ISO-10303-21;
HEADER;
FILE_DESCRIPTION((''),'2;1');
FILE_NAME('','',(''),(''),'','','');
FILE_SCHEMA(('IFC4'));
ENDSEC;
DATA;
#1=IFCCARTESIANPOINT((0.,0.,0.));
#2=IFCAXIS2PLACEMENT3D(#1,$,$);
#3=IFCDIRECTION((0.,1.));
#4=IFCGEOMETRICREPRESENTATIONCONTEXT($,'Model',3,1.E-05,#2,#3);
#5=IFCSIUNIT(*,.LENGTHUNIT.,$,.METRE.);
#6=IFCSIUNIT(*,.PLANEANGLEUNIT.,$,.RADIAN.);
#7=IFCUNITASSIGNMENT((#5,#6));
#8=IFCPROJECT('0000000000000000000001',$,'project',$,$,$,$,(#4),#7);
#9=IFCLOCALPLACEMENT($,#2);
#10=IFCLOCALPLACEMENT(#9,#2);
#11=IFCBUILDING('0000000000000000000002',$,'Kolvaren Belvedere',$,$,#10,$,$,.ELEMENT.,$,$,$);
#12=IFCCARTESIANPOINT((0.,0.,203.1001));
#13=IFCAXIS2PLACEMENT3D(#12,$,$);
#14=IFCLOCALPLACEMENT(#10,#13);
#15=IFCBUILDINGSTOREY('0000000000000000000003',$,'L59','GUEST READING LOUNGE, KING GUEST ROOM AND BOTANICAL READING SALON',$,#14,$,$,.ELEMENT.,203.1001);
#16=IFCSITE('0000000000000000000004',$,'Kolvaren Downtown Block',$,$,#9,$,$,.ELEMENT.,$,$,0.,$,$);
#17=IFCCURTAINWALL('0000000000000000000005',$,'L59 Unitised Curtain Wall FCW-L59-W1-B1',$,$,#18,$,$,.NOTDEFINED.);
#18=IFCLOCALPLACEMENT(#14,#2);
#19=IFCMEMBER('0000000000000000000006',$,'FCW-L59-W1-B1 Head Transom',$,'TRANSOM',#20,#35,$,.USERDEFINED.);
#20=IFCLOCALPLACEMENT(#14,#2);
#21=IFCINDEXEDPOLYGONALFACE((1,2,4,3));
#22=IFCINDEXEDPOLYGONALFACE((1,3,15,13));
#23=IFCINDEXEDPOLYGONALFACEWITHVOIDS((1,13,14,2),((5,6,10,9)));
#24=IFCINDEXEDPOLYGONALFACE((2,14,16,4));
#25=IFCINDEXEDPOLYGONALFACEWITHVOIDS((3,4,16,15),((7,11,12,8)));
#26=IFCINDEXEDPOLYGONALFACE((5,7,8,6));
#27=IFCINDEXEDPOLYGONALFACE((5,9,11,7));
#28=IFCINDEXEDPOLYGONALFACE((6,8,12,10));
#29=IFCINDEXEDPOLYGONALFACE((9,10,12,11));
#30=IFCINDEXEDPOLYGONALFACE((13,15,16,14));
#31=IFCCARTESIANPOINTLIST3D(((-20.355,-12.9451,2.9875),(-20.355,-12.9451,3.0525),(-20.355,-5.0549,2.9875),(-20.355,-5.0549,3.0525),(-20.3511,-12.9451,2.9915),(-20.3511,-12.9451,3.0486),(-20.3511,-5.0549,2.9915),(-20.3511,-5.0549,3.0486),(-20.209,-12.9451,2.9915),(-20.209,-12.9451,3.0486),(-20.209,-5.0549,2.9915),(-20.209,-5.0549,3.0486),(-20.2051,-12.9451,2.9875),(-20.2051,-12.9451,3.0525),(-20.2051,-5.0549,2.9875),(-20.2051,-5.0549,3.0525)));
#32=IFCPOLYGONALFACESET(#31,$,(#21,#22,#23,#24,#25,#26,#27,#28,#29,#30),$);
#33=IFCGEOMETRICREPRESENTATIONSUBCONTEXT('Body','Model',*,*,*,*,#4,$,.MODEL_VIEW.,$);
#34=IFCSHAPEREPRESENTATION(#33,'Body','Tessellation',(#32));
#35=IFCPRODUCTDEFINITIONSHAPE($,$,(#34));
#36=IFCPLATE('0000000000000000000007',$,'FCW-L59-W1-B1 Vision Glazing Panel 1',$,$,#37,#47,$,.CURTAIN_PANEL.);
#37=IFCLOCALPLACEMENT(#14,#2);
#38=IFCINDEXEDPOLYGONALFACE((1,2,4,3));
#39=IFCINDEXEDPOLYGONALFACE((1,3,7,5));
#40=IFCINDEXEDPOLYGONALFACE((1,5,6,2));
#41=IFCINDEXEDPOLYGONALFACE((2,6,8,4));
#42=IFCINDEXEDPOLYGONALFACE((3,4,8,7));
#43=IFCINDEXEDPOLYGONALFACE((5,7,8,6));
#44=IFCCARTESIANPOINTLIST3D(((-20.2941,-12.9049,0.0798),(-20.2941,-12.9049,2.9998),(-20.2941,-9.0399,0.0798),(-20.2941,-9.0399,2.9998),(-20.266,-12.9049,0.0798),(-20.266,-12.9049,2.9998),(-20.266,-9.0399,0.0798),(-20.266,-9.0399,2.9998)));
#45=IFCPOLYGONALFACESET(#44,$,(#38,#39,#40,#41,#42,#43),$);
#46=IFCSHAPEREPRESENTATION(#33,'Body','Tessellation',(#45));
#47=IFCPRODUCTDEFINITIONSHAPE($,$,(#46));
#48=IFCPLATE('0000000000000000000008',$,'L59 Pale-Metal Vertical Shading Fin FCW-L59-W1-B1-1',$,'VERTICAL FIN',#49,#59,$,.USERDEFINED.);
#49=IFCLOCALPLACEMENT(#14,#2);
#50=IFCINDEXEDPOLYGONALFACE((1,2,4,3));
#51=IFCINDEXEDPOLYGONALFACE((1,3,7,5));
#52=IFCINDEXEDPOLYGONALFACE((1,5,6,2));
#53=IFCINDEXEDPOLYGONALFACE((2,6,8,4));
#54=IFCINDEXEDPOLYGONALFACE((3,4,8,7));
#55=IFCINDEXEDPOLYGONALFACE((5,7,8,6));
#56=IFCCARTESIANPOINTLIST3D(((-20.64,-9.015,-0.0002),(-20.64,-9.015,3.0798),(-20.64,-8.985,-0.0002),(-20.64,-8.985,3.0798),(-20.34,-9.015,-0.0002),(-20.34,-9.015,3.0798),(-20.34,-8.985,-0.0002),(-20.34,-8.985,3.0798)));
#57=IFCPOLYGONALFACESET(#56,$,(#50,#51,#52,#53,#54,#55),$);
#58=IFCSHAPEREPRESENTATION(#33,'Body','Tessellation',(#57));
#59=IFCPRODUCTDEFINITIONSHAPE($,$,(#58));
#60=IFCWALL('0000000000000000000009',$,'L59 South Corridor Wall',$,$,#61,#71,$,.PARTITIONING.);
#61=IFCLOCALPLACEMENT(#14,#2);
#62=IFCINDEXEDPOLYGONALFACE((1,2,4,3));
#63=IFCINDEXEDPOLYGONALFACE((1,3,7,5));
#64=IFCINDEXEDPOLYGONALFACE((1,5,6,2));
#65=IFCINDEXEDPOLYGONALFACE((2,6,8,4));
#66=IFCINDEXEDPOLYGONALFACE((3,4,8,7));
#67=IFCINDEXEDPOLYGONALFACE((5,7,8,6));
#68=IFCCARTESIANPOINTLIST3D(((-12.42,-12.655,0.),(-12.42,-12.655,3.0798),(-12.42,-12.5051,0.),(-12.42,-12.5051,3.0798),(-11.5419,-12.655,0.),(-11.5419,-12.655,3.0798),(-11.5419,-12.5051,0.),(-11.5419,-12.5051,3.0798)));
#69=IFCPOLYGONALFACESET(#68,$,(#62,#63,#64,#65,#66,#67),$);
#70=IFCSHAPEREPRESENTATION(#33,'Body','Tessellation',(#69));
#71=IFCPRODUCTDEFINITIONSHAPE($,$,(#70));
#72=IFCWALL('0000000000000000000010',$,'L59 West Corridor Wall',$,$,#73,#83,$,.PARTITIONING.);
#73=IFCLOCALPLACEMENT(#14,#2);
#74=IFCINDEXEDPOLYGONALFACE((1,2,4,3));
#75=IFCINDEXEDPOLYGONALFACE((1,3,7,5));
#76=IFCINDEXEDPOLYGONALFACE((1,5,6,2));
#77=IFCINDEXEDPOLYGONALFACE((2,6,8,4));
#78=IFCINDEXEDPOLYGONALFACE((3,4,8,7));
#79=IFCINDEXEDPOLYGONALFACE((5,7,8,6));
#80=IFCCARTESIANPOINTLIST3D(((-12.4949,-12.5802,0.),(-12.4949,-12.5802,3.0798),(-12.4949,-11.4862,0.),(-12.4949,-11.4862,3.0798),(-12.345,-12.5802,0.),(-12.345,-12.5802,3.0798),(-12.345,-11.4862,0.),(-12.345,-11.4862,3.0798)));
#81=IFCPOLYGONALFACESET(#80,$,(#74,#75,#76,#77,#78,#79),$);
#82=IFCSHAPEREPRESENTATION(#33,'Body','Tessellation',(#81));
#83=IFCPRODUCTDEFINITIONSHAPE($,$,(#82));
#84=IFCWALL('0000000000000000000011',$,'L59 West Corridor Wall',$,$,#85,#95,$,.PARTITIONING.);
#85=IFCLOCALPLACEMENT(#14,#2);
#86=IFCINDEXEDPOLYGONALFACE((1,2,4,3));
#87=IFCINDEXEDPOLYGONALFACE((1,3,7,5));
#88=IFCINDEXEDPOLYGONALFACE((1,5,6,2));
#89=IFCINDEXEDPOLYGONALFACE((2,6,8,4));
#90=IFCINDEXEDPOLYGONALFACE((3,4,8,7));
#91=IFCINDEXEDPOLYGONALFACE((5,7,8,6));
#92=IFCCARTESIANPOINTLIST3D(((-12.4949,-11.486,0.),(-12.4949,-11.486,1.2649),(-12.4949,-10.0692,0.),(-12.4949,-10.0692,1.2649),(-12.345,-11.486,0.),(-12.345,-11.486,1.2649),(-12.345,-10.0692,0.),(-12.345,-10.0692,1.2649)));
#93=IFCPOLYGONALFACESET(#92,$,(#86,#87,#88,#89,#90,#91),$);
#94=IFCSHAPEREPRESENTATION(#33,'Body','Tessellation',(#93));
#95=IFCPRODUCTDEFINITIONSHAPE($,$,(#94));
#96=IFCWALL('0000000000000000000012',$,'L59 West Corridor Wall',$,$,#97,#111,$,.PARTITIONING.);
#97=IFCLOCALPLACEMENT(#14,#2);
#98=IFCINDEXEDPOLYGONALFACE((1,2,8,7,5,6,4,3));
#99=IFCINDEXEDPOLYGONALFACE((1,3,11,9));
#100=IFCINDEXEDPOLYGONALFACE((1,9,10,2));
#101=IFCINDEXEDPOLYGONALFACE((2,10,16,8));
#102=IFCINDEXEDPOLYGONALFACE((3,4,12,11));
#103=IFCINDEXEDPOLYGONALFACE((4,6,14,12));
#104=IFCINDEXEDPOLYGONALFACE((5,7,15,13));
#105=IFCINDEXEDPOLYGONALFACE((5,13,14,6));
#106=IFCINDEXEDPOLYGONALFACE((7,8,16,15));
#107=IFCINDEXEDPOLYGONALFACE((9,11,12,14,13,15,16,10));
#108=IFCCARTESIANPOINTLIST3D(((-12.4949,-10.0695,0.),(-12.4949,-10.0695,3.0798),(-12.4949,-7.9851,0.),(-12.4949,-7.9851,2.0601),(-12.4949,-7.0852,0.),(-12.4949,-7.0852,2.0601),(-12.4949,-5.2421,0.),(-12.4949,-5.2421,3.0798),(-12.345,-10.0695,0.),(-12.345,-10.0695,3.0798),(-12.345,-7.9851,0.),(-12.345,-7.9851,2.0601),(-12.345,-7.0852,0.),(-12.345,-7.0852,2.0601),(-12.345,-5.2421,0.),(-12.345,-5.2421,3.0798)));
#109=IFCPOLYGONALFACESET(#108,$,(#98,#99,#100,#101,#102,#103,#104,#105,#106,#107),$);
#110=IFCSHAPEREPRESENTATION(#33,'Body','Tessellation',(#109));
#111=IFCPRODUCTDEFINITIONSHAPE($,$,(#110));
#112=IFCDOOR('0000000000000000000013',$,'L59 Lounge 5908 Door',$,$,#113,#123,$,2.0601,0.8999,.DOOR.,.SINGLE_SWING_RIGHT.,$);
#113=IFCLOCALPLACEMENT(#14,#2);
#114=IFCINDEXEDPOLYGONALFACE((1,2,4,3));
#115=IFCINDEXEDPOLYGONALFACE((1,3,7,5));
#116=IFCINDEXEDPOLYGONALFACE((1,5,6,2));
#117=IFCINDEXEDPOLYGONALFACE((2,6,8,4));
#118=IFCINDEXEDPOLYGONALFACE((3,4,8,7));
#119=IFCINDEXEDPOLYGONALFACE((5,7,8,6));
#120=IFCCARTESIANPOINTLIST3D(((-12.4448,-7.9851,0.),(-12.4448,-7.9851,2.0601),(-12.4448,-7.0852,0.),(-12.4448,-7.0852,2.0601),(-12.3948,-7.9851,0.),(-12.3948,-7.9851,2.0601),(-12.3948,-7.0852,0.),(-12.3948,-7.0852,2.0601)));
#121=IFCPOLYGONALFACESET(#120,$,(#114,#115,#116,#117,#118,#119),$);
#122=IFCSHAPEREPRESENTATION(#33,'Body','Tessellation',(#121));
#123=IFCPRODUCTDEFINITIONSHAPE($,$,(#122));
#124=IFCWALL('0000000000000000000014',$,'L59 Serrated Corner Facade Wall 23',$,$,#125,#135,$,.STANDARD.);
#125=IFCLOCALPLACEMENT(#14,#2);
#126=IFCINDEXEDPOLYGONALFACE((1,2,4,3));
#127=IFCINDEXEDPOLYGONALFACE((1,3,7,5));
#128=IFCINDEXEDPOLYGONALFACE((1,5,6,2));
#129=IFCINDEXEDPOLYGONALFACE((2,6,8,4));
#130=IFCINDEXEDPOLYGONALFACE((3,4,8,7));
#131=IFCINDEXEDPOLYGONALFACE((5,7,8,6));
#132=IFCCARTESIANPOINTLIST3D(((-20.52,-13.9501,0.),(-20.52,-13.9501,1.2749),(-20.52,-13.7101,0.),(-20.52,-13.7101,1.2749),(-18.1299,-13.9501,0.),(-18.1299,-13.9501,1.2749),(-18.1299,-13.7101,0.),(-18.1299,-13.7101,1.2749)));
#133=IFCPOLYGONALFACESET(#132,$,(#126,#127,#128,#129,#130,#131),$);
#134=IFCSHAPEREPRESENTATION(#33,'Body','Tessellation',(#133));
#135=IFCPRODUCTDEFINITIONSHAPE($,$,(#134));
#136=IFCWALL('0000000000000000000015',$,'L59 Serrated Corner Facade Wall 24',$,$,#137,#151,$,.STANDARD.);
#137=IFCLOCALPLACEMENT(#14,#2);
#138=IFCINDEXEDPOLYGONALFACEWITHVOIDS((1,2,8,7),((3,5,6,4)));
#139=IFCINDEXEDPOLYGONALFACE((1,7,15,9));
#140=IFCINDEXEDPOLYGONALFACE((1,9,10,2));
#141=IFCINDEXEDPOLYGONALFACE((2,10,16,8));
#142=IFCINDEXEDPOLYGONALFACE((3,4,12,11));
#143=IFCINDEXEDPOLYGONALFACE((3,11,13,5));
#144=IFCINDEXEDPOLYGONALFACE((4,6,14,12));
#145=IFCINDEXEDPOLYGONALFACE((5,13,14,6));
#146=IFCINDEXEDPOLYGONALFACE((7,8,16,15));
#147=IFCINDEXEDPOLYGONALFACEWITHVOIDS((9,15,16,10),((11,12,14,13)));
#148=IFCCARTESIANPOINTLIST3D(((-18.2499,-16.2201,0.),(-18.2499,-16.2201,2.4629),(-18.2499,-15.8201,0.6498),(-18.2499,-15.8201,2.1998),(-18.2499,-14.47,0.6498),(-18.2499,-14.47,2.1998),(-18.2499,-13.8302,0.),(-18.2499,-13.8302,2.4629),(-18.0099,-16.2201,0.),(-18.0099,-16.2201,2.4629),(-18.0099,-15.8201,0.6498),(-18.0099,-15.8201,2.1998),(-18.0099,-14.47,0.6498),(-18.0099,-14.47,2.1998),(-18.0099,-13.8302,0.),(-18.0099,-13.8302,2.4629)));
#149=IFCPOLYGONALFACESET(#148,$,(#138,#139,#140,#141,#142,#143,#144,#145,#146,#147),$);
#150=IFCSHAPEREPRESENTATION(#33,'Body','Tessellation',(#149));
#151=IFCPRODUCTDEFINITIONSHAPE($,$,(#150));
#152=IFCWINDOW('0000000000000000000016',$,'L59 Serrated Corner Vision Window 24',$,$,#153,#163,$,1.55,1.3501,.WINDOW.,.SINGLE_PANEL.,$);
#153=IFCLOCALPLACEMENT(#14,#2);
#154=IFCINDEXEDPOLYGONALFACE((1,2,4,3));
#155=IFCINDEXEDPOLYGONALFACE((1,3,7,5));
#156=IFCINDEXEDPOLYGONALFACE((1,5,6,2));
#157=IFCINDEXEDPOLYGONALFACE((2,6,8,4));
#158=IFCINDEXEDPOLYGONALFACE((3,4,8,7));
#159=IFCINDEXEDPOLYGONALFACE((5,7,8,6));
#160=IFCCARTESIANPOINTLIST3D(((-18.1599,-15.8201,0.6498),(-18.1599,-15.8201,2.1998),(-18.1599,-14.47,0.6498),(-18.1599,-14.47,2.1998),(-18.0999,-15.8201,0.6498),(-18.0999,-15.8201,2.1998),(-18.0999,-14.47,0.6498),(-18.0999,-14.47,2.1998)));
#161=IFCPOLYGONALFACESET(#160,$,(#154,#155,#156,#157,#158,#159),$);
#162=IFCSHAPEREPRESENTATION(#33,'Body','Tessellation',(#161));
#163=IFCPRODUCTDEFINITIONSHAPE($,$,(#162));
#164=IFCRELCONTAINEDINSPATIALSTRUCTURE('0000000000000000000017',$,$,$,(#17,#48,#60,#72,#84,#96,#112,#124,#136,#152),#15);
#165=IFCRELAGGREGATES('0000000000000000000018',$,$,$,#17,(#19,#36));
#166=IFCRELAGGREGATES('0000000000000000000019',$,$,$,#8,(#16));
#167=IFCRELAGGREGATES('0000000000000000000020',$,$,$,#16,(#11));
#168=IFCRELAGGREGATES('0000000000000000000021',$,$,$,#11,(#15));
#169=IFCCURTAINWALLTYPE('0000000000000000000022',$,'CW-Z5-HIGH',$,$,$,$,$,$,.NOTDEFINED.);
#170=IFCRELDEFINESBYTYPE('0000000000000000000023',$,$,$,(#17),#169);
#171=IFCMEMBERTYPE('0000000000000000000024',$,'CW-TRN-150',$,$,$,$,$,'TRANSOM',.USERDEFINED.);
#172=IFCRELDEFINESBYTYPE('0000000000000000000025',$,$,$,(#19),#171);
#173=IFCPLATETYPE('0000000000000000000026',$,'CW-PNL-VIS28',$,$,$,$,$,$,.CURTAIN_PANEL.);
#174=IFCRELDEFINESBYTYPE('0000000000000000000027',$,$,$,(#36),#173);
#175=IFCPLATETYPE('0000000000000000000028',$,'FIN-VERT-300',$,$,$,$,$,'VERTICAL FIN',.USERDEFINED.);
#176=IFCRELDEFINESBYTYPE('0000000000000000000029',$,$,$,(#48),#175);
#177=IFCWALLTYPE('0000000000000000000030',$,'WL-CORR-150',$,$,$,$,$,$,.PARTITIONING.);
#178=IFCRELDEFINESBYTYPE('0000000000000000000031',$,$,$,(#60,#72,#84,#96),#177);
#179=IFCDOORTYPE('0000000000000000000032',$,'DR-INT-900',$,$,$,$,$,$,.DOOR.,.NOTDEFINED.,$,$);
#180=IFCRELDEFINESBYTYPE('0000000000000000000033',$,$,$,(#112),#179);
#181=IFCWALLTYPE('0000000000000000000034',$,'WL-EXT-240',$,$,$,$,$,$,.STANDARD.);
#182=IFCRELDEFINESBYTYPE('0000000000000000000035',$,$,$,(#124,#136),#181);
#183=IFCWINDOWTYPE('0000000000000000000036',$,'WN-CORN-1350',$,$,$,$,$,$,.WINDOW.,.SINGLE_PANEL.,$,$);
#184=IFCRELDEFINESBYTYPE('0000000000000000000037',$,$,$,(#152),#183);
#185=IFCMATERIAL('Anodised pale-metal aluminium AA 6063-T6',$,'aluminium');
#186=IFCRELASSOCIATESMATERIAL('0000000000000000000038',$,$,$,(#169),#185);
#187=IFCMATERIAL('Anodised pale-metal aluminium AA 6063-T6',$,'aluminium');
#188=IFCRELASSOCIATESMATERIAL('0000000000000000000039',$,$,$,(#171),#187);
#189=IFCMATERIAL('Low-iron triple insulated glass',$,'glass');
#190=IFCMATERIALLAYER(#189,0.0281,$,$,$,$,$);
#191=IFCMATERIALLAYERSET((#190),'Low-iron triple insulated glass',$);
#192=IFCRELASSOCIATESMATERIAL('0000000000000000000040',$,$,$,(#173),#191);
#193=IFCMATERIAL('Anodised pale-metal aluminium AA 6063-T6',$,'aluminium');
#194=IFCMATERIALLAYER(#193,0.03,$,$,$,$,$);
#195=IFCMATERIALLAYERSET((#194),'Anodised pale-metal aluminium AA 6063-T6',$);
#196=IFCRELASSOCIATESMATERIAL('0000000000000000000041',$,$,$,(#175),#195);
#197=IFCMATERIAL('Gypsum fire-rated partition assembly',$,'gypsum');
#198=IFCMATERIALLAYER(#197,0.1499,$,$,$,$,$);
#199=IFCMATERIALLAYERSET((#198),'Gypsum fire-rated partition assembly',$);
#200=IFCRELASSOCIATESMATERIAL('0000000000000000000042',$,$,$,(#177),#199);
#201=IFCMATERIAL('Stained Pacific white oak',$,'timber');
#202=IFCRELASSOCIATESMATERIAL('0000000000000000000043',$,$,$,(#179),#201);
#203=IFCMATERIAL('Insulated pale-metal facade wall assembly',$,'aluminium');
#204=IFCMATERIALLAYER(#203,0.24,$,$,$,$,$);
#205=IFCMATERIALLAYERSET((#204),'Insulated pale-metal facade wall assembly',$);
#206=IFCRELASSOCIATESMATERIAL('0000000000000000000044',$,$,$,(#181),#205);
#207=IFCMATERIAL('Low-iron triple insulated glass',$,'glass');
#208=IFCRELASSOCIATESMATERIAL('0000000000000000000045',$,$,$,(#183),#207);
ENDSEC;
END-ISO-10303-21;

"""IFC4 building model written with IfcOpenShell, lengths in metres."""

from ifc_helpers import new_model, si_unit, direction, frame, frame_2d, origin, origin_2d, place, context, subcontext, project, spatial, rectangle, hollow_rectangle, extrude, material, layer, layer_set, material_profile, profile_set, type_object, element, fill, aggregate, save


model = new_model("IFC4")

# Units and contexts
model_context = context("Model", 3, precision=1e-05, world=origin(), true_north=direction((0.0, 1.0)))
body_context = subcontext(model_context, "Body", "Model", "MODEL_VIEW")
ifc_project = project(units=[si_unit("LENGTHUNIT", "METRE"), si_unit("PLANEANGLEUNIT", "RADIAN")], contexts=[model_context])

# Site, building, storey
site_placement = place(None, origin())
site = spatial("IfcSite", under=ifc_project, at=site_placement, Name="Kolvaren Downtown Block", CompositionType="ELEMENT", RefElevation=0.0)
building_placement = place(site_placement, origin())
building = spatial("IfcBuilding", under=site, at=building_placement, Name="Kolvaren Belvedere", CompositionType="ELEMENT")
storey_placement = place(building_placement, frame((0.0, 0.0, 203.1001)))
storey = spatial("IfcBuildingStorey", under=building, at=storey_placement, Name="L59", Description="GUEST READING LOUNGE, KING GUEST ROOM AND BOTANICAL READING SALON", CompositionType="ELEMENT", Elevation=203.1001)

# Shared definitions
ifc_material_1 = material(Name="Anodised pale-metal aluminium AA 6063-T6", Category="aluminium")
curtain_wall_type = type_object("IfcCurtainWallType", Name="CW-Z5-HIGH", PredefinedType="NOTDEFINED", material=ifc_material_1)

# Curtain wall, member, plate
curtain_wall_1_placement = place(storey_placement, origin())
curtain_wall_1 = element("IfcCurtainWall", 1, at=curtain_wall_1_placement, inside=storey, type_object=curtain_wall_type, Name="L59 Unitised Curtain Wall FCW-L59-W1-B1", PredefinedType="NOTDEFINED")
ifc_material_2 = material(Name="Anodised pale-metal aluminium AA 6063-T6", Category="aluminium")
ifc_material_profile_1 = material_profile(ifc_material_2, hollow_rectangle(XDim=0.0649, YDim=0.1499, WallThickness=0.0039, at=origin_2d()), Name="ALU-TRN-150X65")
ifc_profile_set_1 = profile_set([ifc_material_profile_1], Name="Anodised pale-metal aluminium AA 6063-T6")
member_type_1 = type_object("IfcMemberType", Name="CW-TRN-150", ElementType="TRANSOM", PredefinedType="USERDEFINED", material=ifc_profile_set_1)
member_1_placement = place(storey_placement, frame((-20.28, -12.9451, 3.02), z_axis=(0.0, 1.0, 0.0), x_axis=(0.0, 0.0, 1.0)))
member_1 = element("IfcMember", 2, at=member_1_placement, type_object=member_type_1, Name="FCW-L59-W1-B1 Head Transom", ObjectType="TRANSOM", PredefinedType="USERDEFINED", context=body_context, shape_type="SweptSolid", body=[
    extrude(hollow_rectangle(XDim=0.0649, YDim=0.1499, WallThickness=0.0039, at=origin_2d()), origin(), (0.0, 0.0, 1.0), 7.8901),
])
ifc_material_3 = material(Name="Low-iron triple insulated glass", Category="glass")
ifc_layer_1 = layer(ifc_material_3, 0.0281)
ifc_layer_set_1 = layer_set([ifc_layer_1], Name="Low-iron triple insulated glass")
plate_type_1 = type_object("IfcPlateType", Name="CW-PNL-VIS28", PredefinedType="CURTAIN_PANEL", material=ifc_layer_set_1)
plate_1_placement = place(storey_placement, frame((-20.28, -10.9724, 0.0798), z_axis=(0.0, 0.0, 1.0), x_axis=(0.0, 1.0, 0.0)))
plate_1 = element("IfcPlate", 3, at=plate_1_placement, type_object=plate_type_1, Name="FCW-L59-W1-B1 Vision Glazing Panel 1", PredefinedType="CURTAIN_PANEL", context=body_context, shape_type="SweptSolid", body=[
    extrude(rectangle(XDim=3.865, YDim=0.0281, at=origin_2d()), origin(), (0.0, 0.0, 1.0), 2.9199),
])
aggregate(curtain_wall_1, [member_1, plate_1])

# Plate
ifc_material_4 = material(Name="Anodised pale-metal aluminium AA 6063-T6", Category="aluminium")
ifc_layer_2 = layer(ifc_material_4, 0.03)
ifc_layer_set_2 = layer_set([ifc_layer_2], Name="Anodised pale-metal aluminium AA 6063-T6")
plate_type_2 = type_object("IfcPlateType", Name="FIN-VERT-300", ElementType="VERTICAL FIN", PredefinedType="USERDEFINED", material=ifc_layer_set_2)
plate_2_placement = place(storey_placement, frame((-20.49, -9.0, -0.0002), z_axis=(0.0, 0.0, 1.0), x_axis=(1.0, 0.0, 0.0)))
element("IfcPlate", 4, at=plate_2_placement, inside=storey, type_object=plate_type_2, Name="L59 Pale-Metal Vertical Shading Fin FCW-L59-W1-B1-1", ObjectType="VERTICAL FIN", PredefinedType="USERDEFINED", context=body_context, shape_type="SweptSolid", body=[
    extrude(rectangle(XDim=0.3, YDim=0.03, at=origin_2d()), origin(), (0.0, 0.0, 1.0), 3.0801),
])

# Walls
ifc_material_5 = material(Name="Gypsum fire-rated partition assembly", Category="gypsum")
ifc_layer_3 = layer(ifc_material_5, 0.1499)
ifc_layer_set_3 = layer_set([ifc_layer_3], Name="Gypsum fire-rated partition assembly")
wall_type_1 = type_object("IfcWallType", Name="WL-CORR-150", PredefinedType="PARTITIONING", material=ifc_layer_set_3)
wall_1_placement = place(storey_placement, frame((-12.4199, -12.5801, 0.0), z_axis=(0.0, 0.0, 1.0), x_axis=(1.0, 0.0, 0.0)))
element("IfcWall", 5, at=wall_1_placement, inside=storey, type_object=wall_type_1, Name="L59 South Corridor Wall", PredefinedType="PARTITIONING", context=body_context, shape_type="SweptSolid", body=[
    extrude(rectangle(XDim=0.8782, YDim=0.1499, at=frame_2d((0.439, 0.0))), origin(), (0.0, 0.0, 1.0), 3.0798),
])
wall_2_placement = place(storey_placement, frame((-12.4199, -12.5801, 0.0), z_axis=(0.0, 0.0, 1.0), x_axis=(0.0, 1.0, 0.0)))
element("IfcWall", 6, at=wall_2_placement, inside=storey, type_object=wall_type_1, Name="L59 West Corridor Wall", PredefinedType="PARTITIONING", context=body_context, shape_type="SweptSolid", body=[
    extrude(rectangle(XDim=1.094, YDim=0.1499, at=frame_2d((0.5469, 0.0))), origin(), (0.0, 0.0, 1.0), 3.0798),
])
wall_3_placement = place(storey_placement, frame((-12.4199, -11.4861, 0.0), z_axis=(0.0, 0.0, 1.0), x_axis=(0.0, 1.0, 0.0)))
element("IfcWall", 7, at=wall_3_placement, inside=storey, type_object=wall_type_1, Name="L59 West Corridor Wall", PredefinedType="PARTITIONING", context=body_context, shape_type="SweptSolid", body=[
    extrude(rectangle(XDim=1.4167, YDim=0.1499, at=frame_2d((0.7085, 0.0))), origin(), (0.0, 0.0, 1.0), 1.2649),
])

# Wall, opening, door
wall_4_placement = place(storey_placement, frame((-12.4199, -10.0693, 0.0), z_axis=(0.0, 0.0, 1.0), x_axis=(0.0, 1.0, 0.0)))
wall_4 = element("IfcWall", 8, at=wall_4_placement, inside=storey, type_object=wall_type_1, Name="L59 West Corridor Wall", PredefinedType="PARTITIONING", context=body_context, shape_type="SweptSolid", body=[
    extrude(rectangle(XDim=4.8274, YDim=0.1499, at=frame_2d((2.4136, 0.0))), origin(), (0.0, 0.0, 1.0), 3.0798),
])
opening_1_placement = place(wall_4_placement, frame((2.0842, 0.0, 0.0)))
opening_1 = element("IfcOpeningElement", 9, at=opening_1_placement, cuts=wall_4, PredefinedType="OPENING", context=body_context, shape_type="SweptSolid", body=[
    extrude(rectangle(XDim=0.8999, YDim=2.0601, at=frame_2d((0.45, 1.03))), frame((0.0, 0.085, 0.0), z_axis=(0.0, -1.0, 0.0), x_axis=(1.0, 0.0, 0.0)), (0.0, 0.0, 1.0), 0.1699),
])
ifc_material_6 = material(Name="Stained Pacific white oak", Category="timber")
door_type = type_object("IfcDoorType", Name="DR-INT-900", OperationType="NOTDEFINED", PredefinedType="DOOR", material=ifc_material_6)
door_placement = place(opening_1_placement, origin())
door = element("IfcDoor", 10, at=door_placement, inside=storey, type_object=door_type, Name="L59 Lounge 5908 Door", OperationType="SINGLE_SWING_RIGHT", OverallHeight=2.0601, OverallWidth=0.8999, PredefinedType="DOOR", context=body_context, shape_type="SweptSolid", body=[
    extrude(rectangle(XDim=0.8999, YDim=2.0601, at=frame_2d((0.45, 1.03))), frame((0.0, 0.0249, 0.0), z_axis=(0.0, -1.0, 0.0), x_axis=(1.0, 0.0, 0.0)), (0.0, 0.0, 1.0), 0.05),
])
fill(opening_1, door)

# Wall
ifc_material_7 = material(Name="Insulated pale-metal facade wall assembly", Category="aluminium")
ifc_layer_4 = layer(ifc_material_7, 0.24)
ifc_layer_set_4 = layer_set([ifc_layer_4], Name="Insulated pale-metal facade wall assembly")
wall_type_2 = type_object("IfcWallType", Name="WL-EXT-240", PredefinedType="STANDARD", material=ifc_layer_set_4)
wall_5_placement = place(storey_placement, frame((-18.1299, -13.8301, 0.0), z_axis=(0.0, 0.0, 1.0), x_axis=(-1.0, 0.0, 0.0)))
element("IfcWall", 11, at=wall_5_placement, inside=storey, type_object=wall_type_2, Name="L59 Serrated Corner Facade Wall 23", PredefinedType="STANDARD", context=body_context, shape_type="SweptSolid", body=[
    extrude(rectangle(XDim=2.3901, YDim=0.24, at=frame_2d((1.1951, 0.0))), origin(), (0.0, 0.0, 1.0), 1.2749),
])

# Wall, opening, window
wall_6_placement = place(storey_placement, frame((-18.1299, -16.22, 0.0), z_axis=(0.0, 0.0, 1.0), x_axis=(0.0, 1.0, 0.0)))
wall_6 = element("IfcWall", 12, at=wall_6_placement, inside=storey, type_object=wall_type_2, Name="L59 Serrated Corner Facade Wall 24", PredefinedType="STANDARD", context=body_context, shape_type="SweptSolid", body=[
    extrude(rectangle(XDim=2.3899, YDim=0.24, at=frame_2d((1.1948, 0.0))), origin(), (0.0, 0.0, 1.0), 2.4629),
])
opening_2_placement = place(wall_6_placement, frame((0.3999, 0.0, 0.6499)))
opening_2 = element("IfcOpeningElement", 13, at=opening_2_placement, cuts=wall_6, PredefinedType="OPENING", context=body_context, shape_type="SweptSolid", body=[
    extrude(rectangle(XDim=1.3501, YDim=1.55, at=frame_2d((0.675, 0.7749))), frame((0.0, 0.1299, 0.0), z_axis=(0.0, -1.0, 0.0), x_axis=(1.0, 0.0, 0.0)), (0.0, 0.0, 1.0), 0.26),
])
ifc_material_8 = material(Name="Low-iron triple insulated glass", Category="glass")
window_type_1 = type_object("IfcWindowType", Name="WN-CORN-1350", PartitioningType="SINGLE_PANEL", PredefinedType="WINDOW", material=ifc_material_8)
window_1_placement = place(opening_2_placement, origin())
window_1 = element("IfcWindow", 14, at=window_1_placement, inside=storey, type_object=window_type_1, Name="L59 Serrated Corner Vision Window 24", OverallHeight=1.55, OverallWidth=1.3501, PartitioningType="SINGLE_PANEL", PredefinedType="WINDOW", context=body_context, shape_type="SweptSolid", body=[
    extrude(rectangle(XDim=1.3501, YDim=1.55, at=frame_2d((0.675, 0.7749))), frame((0.0, 0.03, 0.0), z_axis=(0.0, -1.0, 0.0), x_axis=(1.0, 0.0, 0.0)), (0.0, 0.0, 1.0), 0.0601),
])
fill(opening_2, window_1)

save(model, "model.ifc")
